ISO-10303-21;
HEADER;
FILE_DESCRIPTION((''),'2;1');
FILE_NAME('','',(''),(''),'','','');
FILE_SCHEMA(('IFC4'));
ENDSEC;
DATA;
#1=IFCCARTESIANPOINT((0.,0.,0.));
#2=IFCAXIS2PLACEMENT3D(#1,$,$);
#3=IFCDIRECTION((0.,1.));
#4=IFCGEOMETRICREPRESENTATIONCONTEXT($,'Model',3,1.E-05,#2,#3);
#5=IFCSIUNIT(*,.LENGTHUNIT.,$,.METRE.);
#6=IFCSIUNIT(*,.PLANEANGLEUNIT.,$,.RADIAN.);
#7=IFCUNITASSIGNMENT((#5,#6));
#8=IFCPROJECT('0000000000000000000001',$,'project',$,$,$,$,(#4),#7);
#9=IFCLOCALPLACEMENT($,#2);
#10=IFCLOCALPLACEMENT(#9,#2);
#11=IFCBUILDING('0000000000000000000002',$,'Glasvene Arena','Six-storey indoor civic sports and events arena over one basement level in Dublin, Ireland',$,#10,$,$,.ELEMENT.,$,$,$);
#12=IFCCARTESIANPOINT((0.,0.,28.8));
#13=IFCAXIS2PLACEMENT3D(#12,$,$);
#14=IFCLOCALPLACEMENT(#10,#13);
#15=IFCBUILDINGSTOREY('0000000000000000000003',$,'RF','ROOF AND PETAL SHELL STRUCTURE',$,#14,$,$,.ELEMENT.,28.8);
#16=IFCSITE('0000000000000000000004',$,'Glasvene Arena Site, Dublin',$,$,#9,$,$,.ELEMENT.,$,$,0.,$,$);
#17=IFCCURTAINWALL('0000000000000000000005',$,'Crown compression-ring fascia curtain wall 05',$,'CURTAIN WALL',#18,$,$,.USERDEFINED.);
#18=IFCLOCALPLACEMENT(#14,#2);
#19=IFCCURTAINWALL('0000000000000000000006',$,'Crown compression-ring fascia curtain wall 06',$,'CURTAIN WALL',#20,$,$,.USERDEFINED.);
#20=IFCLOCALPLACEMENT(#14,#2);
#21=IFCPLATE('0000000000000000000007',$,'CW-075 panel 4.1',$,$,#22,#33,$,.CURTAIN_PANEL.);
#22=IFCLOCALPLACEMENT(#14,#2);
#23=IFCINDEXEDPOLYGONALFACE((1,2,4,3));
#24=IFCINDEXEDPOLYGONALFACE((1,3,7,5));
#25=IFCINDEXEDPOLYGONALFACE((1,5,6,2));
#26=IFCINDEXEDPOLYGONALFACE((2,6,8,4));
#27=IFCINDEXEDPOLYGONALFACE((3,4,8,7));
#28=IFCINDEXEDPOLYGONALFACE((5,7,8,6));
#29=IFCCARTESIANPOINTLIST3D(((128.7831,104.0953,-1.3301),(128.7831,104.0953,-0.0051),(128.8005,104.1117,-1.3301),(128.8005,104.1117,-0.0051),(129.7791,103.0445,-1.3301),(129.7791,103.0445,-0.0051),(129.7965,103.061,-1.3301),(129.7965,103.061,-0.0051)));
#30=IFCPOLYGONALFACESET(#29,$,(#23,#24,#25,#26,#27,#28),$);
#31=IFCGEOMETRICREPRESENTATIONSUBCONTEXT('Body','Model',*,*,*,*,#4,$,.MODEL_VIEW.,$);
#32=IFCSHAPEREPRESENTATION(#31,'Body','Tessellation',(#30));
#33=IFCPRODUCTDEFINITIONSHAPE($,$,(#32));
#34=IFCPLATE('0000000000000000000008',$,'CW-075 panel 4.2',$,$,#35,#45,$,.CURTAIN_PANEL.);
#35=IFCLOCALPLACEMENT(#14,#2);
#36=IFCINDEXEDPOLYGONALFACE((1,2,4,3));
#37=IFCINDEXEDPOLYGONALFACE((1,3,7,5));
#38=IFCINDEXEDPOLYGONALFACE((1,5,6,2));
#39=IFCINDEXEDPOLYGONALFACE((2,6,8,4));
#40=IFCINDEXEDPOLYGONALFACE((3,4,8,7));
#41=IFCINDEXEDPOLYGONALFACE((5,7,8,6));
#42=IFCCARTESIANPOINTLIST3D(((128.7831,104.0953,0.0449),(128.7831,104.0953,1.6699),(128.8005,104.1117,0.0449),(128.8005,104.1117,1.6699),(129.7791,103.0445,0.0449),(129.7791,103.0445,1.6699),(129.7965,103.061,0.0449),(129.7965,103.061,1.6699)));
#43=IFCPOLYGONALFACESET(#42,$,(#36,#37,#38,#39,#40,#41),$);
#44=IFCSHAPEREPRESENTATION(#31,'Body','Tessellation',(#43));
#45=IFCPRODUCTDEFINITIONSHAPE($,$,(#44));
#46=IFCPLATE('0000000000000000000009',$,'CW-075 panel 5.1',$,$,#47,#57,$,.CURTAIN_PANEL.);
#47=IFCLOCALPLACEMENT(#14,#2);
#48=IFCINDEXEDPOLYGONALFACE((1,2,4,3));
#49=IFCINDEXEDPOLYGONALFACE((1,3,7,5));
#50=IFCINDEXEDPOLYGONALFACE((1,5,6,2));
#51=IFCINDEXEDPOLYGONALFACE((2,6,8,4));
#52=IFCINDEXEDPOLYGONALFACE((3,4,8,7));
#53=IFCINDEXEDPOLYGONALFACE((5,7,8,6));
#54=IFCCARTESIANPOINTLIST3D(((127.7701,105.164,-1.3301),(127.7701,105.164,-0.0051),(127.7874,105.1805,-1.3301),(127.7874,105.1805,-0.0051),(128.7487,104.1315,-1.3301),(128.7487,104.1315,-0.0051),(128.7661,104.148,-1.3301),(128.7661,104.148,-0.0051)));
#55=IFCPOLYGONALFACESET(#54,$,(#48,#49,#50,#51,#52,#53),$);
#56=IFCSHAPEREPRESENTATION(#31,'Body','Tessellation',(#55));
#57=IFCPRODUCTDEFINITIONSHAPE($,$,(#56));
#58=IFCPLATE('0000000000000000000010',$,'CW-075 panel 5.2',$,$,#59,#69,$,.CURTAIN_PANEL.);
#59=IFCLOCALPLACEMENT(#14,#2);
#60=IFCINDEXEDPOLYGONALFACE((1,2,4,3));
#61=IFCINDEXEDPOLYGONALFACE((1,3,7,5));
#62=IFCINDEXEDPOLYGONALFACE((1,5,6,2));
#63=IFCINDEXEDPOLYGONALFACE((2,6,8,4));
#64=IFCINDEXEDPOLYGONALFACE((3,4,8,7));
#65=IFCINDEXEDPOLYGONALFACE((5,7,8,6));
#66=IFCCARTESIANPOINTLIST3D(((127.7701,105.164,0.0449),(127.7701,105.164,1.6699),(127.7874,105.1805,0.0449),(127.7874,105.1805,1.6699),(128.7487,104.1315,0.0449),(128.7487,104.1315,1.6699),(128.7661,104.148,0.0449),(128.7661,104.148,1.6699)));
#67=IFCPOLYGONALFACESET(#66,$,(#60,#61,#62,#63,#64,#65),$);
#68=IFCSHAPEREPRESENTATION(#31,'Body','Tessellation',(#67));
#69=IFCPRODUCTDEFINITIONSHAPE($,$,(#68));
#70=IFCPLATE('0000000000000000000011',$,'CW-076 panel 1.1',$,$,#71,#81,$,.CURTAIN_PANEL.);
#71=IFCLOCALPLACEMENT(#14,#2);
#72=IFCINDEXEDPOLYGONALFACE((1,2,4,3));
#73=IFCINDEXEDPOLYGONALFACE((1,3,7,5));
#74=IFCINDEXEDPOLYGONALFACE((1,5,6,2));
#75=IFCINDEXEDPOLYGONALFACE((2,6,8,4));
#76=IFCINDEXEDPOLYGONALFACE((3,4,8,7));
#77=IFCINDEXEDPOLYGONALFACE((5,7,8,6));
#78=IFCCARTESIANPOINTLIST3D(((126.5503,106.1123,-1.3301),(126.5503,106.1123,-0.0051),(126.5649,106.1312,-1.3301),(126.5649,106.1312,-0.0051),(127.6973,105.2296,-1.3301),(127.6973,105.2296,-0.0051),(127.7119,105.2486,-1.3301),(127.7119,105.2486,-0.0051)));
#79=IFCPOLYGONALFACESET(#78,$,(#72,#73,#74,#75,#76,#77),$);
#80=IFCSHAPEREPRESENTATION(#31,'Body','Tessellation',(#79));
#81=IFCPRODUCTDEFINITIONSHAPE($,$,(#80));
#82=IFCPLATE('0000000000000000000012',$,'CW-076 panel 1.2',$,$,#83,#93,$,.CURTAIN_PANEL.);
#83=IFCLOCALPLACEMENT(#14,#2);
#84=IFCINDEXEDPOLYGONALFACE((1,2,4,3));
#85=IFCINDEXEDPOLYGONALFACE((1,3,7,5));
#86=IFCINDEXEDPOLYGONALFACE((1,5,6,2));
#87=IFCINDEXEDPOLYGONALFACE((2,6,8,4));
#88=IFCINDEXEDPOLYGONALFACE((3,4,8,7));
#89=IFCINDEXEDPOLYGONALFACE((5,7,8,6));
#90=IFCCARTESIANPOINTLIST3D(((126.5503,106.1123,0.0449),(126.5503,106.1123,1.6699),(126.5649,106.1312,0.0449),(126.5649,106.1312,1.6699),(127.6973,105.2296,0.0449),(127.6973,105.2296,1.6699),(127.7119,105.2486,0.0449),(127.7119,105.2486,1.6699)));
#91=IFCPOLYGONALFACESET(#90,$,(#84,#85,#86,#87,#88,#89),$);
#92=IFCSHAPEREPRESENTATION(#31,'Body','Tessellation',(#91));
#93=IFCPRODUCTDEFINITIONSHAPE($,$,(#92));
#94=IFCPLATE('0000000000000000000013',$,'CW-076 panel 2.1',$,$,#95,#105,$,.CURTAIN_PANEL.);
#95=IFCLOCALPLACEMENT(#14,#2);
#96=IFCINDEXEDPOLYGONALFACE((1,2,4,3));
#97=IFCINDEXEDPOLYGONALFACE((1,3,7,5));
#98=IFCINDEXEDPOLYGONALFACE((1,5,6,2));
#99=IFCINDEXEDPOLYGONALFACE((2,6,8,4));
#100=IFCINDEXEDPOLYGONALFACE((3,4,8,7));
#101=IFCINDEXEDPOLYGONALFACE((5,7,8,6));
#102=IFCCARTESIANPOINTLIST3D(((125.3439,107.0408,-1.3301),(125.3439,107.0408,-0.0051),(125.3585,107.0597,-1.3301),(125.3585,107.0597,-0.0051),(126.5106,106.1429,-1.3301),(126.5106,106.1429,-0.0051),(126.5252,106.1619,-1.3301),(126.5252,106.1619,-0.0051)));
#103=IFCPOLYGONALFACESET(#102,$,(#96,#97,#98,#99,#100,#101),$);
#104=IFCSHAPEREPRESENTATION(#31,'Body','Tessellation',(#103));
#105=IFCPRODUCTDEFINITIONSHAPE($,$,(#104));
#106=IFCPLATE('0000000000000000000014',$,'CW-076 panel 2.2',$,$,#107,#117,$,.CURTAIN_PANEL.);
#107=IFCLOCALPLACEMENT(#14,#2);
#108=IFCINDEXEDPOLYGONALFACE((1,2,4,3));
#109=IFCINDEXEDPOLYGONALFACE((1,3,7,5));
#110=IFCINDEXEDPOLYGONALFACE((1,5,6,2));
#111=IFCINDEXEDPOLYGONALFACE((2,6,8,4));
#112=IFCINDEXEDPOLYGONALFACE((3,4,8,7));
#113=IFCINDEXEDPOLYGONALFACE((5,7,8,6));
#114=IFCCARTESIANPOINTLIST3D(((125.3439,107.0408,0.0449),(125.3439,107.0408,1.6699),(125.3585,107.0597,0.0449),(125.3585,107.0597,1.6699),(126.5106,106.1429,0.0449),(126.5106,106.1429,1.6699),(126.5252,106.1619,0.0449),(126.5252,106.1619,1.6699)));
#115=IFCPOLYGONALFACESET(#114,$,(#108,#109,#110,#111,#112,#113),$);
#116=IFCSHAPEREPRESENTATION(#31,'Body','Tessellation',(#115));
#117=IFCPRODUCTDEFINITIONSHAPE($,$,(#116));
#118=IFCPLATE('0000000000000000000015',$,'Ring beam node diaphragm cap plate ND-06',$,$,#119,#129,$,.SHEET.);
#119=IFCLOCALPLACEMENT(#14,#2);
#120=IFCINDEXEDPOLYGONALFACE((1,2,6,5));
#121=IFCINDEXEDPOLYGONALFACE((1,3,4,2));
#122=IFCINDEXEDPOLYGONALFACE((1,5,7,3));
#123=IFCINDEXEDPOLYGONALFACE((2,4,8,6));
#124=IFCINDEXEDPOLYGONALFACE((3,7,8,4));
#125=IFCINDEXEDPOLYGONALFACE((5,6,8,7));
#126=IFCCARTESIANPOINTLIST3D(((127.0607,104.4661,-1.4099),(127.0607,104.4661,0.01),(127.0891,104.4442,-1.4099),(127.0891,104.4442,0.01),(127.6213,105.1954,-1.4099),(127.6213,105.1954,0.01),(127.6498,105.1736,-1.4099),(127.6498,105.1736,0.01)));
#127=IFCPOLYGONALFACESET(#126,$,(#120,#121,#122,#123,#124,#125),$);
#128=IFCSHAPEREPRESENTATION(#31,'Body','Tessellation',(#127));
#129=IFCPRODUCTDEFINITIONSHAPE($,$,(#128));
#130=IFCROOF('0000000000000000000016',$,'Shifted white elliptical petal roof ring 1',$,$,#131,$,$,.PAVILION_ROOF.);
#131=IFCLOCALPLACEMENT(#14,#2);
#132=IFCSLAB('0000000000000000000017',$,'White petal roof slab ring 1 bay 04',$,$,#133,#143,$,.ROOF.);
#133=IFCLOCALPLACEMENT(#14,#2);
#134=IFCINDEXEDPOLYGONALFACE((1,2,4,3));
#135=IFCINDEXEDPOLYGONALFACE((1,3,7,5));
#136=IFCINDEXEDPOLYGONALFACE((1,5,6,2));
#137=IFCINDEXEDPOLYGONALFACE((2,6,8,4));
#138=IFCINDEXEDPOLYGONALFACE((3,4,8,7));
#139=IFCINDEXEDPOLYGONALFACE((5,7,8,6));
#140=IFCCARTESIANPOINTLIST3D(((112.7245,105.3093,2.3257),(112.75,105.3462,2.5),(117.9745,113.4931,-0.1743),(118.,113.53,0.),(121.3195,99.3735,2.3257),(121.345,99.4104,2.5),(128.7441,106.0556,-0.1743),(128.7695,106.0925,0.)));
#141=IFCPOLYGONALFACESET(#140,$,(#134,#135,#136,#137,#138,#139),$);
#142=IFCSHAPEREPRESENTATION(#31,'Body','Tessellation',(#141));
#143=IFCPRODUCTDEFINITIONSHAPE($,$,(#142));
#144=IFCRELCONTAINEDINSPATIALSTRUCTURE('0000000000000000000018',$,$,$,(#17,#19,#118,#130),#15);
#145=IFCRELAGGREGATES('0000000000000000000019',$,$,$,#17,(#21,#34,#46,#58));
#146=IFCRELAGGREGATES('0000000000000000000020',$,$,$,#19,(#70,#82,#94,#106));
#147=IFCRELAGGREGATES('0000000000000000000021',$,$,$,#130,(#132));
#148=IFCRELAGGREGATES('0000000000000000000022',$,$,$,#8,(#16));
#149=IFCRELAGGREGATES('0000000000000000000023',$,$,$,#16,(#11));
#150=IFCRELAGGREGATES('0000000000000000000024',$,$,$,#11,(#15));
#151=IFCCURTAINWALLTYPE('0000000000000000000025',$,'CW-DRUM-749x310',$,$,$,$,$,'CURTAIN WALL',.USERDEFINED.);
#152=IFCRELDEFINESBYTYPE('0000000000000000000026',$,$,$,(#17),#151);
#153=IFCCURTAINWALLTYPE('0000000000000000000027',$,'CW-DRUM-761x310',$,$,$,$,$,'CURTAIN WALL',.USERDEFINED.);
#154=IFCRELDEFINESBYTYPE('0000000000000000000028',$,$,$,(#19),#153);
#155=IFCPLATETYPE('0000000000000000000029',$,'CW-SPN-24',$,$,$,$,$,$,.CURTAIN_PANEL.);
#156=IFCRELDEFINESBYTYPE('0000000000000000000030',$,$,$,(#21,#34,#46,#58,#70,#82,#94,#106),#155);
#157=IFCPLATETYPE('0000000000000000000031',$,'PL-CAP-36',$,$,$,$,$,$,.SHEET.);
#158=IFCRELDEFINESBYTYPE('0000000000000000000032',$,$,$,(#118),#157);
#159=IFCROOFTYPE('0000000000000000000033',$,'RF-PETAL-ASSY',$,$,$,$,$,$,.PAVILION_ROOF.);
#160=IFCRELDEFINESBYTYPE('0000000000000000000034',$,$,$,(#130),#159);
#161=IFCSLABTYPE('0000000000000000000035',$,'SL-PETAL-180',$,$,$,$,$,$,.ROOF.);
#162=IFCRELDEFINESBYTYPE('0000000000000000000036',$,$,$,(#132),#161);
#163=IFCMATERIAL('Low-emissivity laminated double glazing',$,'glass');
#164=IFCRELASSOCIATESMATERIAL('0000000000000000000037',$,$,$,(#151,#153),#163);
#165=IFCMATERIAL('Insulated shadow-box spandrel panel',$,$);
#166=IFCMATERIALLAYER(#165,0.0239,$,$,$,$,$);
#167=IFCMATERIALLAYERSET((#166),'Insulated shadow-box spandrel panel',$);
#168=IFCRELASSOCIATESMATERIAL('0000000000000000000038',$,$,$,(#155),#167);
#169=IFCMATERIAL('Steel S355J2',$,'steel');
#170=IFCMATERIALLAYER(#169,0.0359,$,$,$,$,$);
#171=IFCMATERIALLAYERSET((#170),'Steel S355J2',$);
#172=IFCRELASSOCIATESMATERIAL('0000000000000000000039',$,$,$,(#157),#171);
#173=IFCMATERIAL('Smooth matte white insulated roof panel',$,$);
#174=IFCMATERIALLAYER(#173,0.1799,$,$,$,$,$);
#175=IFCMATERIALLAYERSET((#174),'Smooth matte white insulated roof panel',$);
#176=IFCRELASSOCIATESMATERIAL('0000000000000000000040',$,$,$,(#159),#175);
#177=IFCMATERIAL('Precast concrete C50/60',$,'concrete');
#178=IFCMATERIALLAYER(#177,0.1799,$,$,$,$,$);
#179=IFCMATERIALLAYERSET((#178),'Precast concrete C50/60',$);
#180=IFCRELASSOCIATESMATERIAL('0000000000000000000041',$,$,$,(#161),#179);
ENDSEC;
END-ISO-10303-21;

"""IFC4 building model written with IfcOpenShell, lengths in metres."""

from ifc_helpers import new_model, si_unit, direction, frame, origin, origin_2d, place, context, subcontext, project, spatial, polyline, rectangle, outline, extrude, material, layer, layer_set, type_object, element, aggregate, save


model = new_model("IFC4")

# Units and contexts
model_context = context("Model", 3, precision=1e-05, world=origin(), true_north=direction((0.0, 1.0)))
body_context = subcontext(model_context, "Body", "Model", "MODEL_VIEW")
ifc_project = project(units=[si_unit("LENGTHUNIT", "METRE"), si_unit("PLANEANGLEUNIT", "RADIAN")], contexts=[model_context])

# Site, building, storey
site_placement = place(None, origin())
site = spatial("IfcSite", under=ifc_project, at=site_placement, Name="Glasvene Arena Site, Dublin", CompositionType="ELEMENT", RefElevation=0.0)
building_placement = place(site_placement, origin())
building = spatial("IfcBuilding", under=site, at=building_placement, Name="Glasvene Arena", Description="Six-storey indoor civic sports and events arena over one basement level in Dublin, Ireland", CompositionType="ELEMENT")
storey_placement = place(building_placement, frame((0.0, 0.0, 28.8)))
storey = spatial("IfcBuildingStorey", under=building, at=storey_placement, Name="RF", Description="ROOF AND PETAL SHELL STRUCTURE", CompositionType="ELEMENT", Elevation=28.8)

# Shared definitions
ifc_material_1 = material(Name="Steel S355J2", Category="steel")

# Curtain walls
ifc_material_2 = material(Name="Low-emissivity laminated double glazing", Category="glass")
curtain_wall_type_1 = type_object("IfcCurtainWallType", Name="CW-DRUM-749x310", ElementType="CURTAIN WALL", PredefinedType="USERDEFINED", material=ifc_material_2)
curtain_wall_1_placement = place(storey_placement, frame((132.8958, 99.7737, 0.0)))
curtain_wall_1 = element("IfcCurtainWall", 1, at=curtain_wall_1_placement, inside=storey, type_object=curtain_wall_type_1, Name="Crown compression-ring fascia curtain wall 05", ObjectType="CURTAIN WALL", PredefinedType="USERDEFINED")
curtain_wall_type_2 = type_object("IfcCurtainWallType", Name="CW-DRUM-761x310", ElementType="CURTAIN WALL", PredefinedType="USERDEFINED", material=ifc_material_2)
curtain_wall_2_placement = place(storey_placement, frame((127.7441, 105.2087, 0.0)))
curtain_wall_2 = element("IfcCurtainWall", 2, at=curtain_wall_2_placement, inside=storey, type_object=curtain_wall_type_2, Name="Crown compression-ring fascia curtain wall 06", ObjectType="CURTAIN WALL", PredefinedType="USERDEFINED")

# Plates
ifc_material_3 = material(Name="Insulated shadow-box spandrel panel")
ifc_layer_1 = layer(ifc_material_3, 0.0239)
ifc_layer_set_1 = layer_set([ifc_layer_1], Name="Insulated shadow-box spandrel panel")
plate_type_1 = type_object("IfcPlateType", Name="CW-SPN-24", PredefinedType="CURTAIN_PANEL", material=ifc_layer_set_1)
plate_1_placement = place(storey_placement, frame((129.2898, 103.5781, -1.3301), z_axis=(0.0, 0.0, 1.0), x_axis=(-0.687925, 0.725782, 0.0)))
plate_1 = element("IfcPlate", 3, at=plate_1_placement, type_object=plate_type_1, Name="CW-075 panel 4.1", PredefinedType="CURTAIN_PANEL", context=body_context, shape_type="SweptSolid", body=[
    extrude(rectangle(XDim=1.4478, YDim=0.0239, at=origin_2d()), origin(), (0.0, 0.0, 1.0), 1.325),
])
plate_2_placement = place(storey_placement, frame((129.2898, 103.5781, 0.0449), z_axis=(0.0, 0.0, 1.0), x_axis=(-0.687925, 0.725782, 0.0)))
plate_2 = element("IfcPlate", 4, at=plate_2_placement, type_object=plate_type_1, Name="CW-075 panel 4.2", PredefinedType="CURTAIN_PANEL", context=body_context, shape_type="SweptSolid", body=[
    extrude(rectangle(XDim=1.4478, YDim=0.0239, at=origin_2d()), origin(), (0.0, 0.0, 1.0), 1.625),
])
plate_3_placement = place(storey_placement, frame((128.2681, 104.656, -1.3301), z_axis=(0.0, 0.0, 1.0), x_axis=(-0.687925, 0.725782, 0.0)))
plate_3 = element("IfcPlate", 5, at=plate_3_placement, type_object=plate_type_1, Name="CW-075 panel 5.1", PredefinedType="CURTAIN_PANEL", context=body_context, shape_type="SweptSolid", body=[
    extrude(rectangle(XDim=1.4226, YDim=0.0239, at=origin_2d()), origin(), (0.0, 0.0, 1.0), 1.325),
])
plate_4_placement = place(storey_placement, frame((128.2681, 104.656, 0.0449), z_axis=(0.0, 0.0, 1.0), x_axis=(-0.687925, 0.725782, 0.0)))
plate_4 = element("IfcPlate", 6, at=plate_4_placement, type_object=plate_type_1, Name="CW-075 panel 5.2", PredefinedType="CURTAIN_PANEL", context=body_context, shape_type="SweptSolid", body=[
    extrude(rectangle(XDim=1.4226, YDim=0.0239, at=origin_2d()), origin(), (0.0, 0.0, 1.0), 1.625),
])
aggregate(curtain_wall_1, [plate_1, plate_2, plate_3, plate_4])
plate_5_placement = place(storey_placement, frame((127.1311, 105.6804, -1.3301), z_axis=(0.0, 0.0, 1.0), x_axis=(-0.792482, 0.609895, 0.0)))
plate_5 = element("IfcPlate", 7, at=plate_5_placement, type_object=plate_type_1, Name="CW-076 panel 1.1", PredefinedType="CURTAIN_PANEL", context=body_context, shape_type="SweptSolid", body=[
    extrude(rectangle(XDim=1.4473, YDim=0.0239, at=origin_2d()), origin(), (0.0, 0.0, 1.0), 1.325),
])
plate_6_placement = place(storey_placement, frame((127.1311, 105.6804, 0.0449), z_axis=(0.0, 0.0, 1.0), x_axis=(-0.792482, 0.609895, 0.0)))
plate_6 = element("IfcPlate", 8, at=plate_6_placement, type_object=plate_type_1, Name="CW-076 panel 1.2", PredefinedType="CURTAIN_PANEL", context=body_context, shape_type="SweptSolid", body=[
    extrude(rectangle(XDim=1.4473, YDim=0.0239, at=origin_2d()), origin(), (0.0, 0.0, 1.0), 1.625),
])
plate_7_placement = place(storey_placement, frame((125.9346, 106.6013, -1.3301), z_axis=(0.0, 0.0, 1.0), x_axis=(-0.792482, 0.609895, 0.0)))
plate_7 = element("IfcPlate", 9, at=plate_7_placement, type_object=plate_type_1, Name="CW-076 panel 2.1", PredefinedType="CURTAIN_PANEL", context=body_context, shape_type="SweptSolid", body=[
    extrude(rectangle(XDim=1.4722, YDim=0.0239, at=origin_2d()), origin(), (0.0, 0.0, 1.0), 1.325),
])
plate_8_placement = place(storey_placement, frame((125.9346, 106.6013, 0.0449), z_axis=(0.0, 0.0, 1.0), x_axis=(-0.792482, 0.609895, 0.0)))
plate_8 = element("IfcPlate", 10, at=plate_8_placement, type_object=plate_type_1, Name="CW-076 panel 2.2", PredefinedType="CURTAIN_PANEL", context=body_context, shape_type="SweptSolid", body=[
    extrude(rectangle(XDim=1.4722, YDim=0.0239, at=origin_2d()), origin(), (0.0, 0.0, 1.0), 1.625),
])
aggregate(curtain_wall_2, [plate_5, plate_6, plate_7, plate_8])
ifc_layer_2 = layer(ifc_material_1, 0.0359)
ifc_layer_set_2 = layer_set([ifc_layer_2], Name="Steel S355J2")
plate_type_2 = type_object("IfcPlateType", Name="PL-CAP-36", PredefinedType="SHEET", material=ifc_layer_set_2)
plate_9_placement = place(storey_placement, frame((127.3552, 104.8198, -1.4099), z_axis=(0.0, 0.0, 1.0), x_axis=(-0.792822, 0.609454, 0.0)))
element("IfcPlate", 11, at=plate_9_placement, inside=storey, type_object=plate_type_2, Name="Ring beam node diaphragm cap plate ND-06", PredefinedType="SHEET", context=body_context, shape_type="SweptSolid", body=[
    extrude(rectangle(XDim=0.0359, YDim=0.9199, at=origin_2d()), origin(), (0.0, 0.0, 1.0), 1.4199),
])

# Roof, slab
ifc_material_4 = material(Name="Smooth matte white insulated roof panel")
ifc_layer_3 = layer(ifc_material_4, 0.1799)
ifc_layer_set_3 = layer_set([ifc_layer_3], Name="Smooth matte white insulated roof panel")
roof_type = type_object("IfcRoofType", Name="RF-PETAL-ASSY", PredefinedType="PAVILION_ROOF", material=ifc_layer_set_3)
roof_placement = place(storey_placement, frame((92.0, 73.0, 0.0)))
roof = element("IfcRoof", 12, at=roof_placement, inside=storey, type_object=roof_type, Name="Shifted white elliptical petal roof ring 1", PredefinedType="PAVILION_ROOF")
ifc_material_5 = material(Name="Precast concrete C50/60", Category="concrete")
ifc_layer_4 = layer(ifc_material_5, 0.1799)
ifc_layer_set_4 = layer_set([ifc_layer_4], Name="Precast concrete C50/60")
slab_type = type_object("IfcSlabType", Name="SL-PETAL-180", PredefinedType="ROOF", material=ifc_layer_set_4)
slab_placement = place(storey_placement, frame((128.7695, 106.0925, 0.0), z_axis=(0.141586, 0.205017, 0.968463), x_axis=(-0.822847, 0.568263, 0.0)))
slab = element("IfcSlab", 13, at=slab_placement, type_object=slab_type, Name="White petal roof slab ring 1 bay 04", PredefinedType="ROOF", context=body_context, shape_type="SweptSolid", body=[
    extrude(outline(polyline([(0.0, 0.0), (13.0881, 0.0), (12.7575, 10.0339), (2.3121, 10.0339), (0.0, 0.0)])), origin(), (0.0, 0.0, -1.0), 0.1799),
])
aggregate(roof, [slab])

save(model, "model.ifc")
